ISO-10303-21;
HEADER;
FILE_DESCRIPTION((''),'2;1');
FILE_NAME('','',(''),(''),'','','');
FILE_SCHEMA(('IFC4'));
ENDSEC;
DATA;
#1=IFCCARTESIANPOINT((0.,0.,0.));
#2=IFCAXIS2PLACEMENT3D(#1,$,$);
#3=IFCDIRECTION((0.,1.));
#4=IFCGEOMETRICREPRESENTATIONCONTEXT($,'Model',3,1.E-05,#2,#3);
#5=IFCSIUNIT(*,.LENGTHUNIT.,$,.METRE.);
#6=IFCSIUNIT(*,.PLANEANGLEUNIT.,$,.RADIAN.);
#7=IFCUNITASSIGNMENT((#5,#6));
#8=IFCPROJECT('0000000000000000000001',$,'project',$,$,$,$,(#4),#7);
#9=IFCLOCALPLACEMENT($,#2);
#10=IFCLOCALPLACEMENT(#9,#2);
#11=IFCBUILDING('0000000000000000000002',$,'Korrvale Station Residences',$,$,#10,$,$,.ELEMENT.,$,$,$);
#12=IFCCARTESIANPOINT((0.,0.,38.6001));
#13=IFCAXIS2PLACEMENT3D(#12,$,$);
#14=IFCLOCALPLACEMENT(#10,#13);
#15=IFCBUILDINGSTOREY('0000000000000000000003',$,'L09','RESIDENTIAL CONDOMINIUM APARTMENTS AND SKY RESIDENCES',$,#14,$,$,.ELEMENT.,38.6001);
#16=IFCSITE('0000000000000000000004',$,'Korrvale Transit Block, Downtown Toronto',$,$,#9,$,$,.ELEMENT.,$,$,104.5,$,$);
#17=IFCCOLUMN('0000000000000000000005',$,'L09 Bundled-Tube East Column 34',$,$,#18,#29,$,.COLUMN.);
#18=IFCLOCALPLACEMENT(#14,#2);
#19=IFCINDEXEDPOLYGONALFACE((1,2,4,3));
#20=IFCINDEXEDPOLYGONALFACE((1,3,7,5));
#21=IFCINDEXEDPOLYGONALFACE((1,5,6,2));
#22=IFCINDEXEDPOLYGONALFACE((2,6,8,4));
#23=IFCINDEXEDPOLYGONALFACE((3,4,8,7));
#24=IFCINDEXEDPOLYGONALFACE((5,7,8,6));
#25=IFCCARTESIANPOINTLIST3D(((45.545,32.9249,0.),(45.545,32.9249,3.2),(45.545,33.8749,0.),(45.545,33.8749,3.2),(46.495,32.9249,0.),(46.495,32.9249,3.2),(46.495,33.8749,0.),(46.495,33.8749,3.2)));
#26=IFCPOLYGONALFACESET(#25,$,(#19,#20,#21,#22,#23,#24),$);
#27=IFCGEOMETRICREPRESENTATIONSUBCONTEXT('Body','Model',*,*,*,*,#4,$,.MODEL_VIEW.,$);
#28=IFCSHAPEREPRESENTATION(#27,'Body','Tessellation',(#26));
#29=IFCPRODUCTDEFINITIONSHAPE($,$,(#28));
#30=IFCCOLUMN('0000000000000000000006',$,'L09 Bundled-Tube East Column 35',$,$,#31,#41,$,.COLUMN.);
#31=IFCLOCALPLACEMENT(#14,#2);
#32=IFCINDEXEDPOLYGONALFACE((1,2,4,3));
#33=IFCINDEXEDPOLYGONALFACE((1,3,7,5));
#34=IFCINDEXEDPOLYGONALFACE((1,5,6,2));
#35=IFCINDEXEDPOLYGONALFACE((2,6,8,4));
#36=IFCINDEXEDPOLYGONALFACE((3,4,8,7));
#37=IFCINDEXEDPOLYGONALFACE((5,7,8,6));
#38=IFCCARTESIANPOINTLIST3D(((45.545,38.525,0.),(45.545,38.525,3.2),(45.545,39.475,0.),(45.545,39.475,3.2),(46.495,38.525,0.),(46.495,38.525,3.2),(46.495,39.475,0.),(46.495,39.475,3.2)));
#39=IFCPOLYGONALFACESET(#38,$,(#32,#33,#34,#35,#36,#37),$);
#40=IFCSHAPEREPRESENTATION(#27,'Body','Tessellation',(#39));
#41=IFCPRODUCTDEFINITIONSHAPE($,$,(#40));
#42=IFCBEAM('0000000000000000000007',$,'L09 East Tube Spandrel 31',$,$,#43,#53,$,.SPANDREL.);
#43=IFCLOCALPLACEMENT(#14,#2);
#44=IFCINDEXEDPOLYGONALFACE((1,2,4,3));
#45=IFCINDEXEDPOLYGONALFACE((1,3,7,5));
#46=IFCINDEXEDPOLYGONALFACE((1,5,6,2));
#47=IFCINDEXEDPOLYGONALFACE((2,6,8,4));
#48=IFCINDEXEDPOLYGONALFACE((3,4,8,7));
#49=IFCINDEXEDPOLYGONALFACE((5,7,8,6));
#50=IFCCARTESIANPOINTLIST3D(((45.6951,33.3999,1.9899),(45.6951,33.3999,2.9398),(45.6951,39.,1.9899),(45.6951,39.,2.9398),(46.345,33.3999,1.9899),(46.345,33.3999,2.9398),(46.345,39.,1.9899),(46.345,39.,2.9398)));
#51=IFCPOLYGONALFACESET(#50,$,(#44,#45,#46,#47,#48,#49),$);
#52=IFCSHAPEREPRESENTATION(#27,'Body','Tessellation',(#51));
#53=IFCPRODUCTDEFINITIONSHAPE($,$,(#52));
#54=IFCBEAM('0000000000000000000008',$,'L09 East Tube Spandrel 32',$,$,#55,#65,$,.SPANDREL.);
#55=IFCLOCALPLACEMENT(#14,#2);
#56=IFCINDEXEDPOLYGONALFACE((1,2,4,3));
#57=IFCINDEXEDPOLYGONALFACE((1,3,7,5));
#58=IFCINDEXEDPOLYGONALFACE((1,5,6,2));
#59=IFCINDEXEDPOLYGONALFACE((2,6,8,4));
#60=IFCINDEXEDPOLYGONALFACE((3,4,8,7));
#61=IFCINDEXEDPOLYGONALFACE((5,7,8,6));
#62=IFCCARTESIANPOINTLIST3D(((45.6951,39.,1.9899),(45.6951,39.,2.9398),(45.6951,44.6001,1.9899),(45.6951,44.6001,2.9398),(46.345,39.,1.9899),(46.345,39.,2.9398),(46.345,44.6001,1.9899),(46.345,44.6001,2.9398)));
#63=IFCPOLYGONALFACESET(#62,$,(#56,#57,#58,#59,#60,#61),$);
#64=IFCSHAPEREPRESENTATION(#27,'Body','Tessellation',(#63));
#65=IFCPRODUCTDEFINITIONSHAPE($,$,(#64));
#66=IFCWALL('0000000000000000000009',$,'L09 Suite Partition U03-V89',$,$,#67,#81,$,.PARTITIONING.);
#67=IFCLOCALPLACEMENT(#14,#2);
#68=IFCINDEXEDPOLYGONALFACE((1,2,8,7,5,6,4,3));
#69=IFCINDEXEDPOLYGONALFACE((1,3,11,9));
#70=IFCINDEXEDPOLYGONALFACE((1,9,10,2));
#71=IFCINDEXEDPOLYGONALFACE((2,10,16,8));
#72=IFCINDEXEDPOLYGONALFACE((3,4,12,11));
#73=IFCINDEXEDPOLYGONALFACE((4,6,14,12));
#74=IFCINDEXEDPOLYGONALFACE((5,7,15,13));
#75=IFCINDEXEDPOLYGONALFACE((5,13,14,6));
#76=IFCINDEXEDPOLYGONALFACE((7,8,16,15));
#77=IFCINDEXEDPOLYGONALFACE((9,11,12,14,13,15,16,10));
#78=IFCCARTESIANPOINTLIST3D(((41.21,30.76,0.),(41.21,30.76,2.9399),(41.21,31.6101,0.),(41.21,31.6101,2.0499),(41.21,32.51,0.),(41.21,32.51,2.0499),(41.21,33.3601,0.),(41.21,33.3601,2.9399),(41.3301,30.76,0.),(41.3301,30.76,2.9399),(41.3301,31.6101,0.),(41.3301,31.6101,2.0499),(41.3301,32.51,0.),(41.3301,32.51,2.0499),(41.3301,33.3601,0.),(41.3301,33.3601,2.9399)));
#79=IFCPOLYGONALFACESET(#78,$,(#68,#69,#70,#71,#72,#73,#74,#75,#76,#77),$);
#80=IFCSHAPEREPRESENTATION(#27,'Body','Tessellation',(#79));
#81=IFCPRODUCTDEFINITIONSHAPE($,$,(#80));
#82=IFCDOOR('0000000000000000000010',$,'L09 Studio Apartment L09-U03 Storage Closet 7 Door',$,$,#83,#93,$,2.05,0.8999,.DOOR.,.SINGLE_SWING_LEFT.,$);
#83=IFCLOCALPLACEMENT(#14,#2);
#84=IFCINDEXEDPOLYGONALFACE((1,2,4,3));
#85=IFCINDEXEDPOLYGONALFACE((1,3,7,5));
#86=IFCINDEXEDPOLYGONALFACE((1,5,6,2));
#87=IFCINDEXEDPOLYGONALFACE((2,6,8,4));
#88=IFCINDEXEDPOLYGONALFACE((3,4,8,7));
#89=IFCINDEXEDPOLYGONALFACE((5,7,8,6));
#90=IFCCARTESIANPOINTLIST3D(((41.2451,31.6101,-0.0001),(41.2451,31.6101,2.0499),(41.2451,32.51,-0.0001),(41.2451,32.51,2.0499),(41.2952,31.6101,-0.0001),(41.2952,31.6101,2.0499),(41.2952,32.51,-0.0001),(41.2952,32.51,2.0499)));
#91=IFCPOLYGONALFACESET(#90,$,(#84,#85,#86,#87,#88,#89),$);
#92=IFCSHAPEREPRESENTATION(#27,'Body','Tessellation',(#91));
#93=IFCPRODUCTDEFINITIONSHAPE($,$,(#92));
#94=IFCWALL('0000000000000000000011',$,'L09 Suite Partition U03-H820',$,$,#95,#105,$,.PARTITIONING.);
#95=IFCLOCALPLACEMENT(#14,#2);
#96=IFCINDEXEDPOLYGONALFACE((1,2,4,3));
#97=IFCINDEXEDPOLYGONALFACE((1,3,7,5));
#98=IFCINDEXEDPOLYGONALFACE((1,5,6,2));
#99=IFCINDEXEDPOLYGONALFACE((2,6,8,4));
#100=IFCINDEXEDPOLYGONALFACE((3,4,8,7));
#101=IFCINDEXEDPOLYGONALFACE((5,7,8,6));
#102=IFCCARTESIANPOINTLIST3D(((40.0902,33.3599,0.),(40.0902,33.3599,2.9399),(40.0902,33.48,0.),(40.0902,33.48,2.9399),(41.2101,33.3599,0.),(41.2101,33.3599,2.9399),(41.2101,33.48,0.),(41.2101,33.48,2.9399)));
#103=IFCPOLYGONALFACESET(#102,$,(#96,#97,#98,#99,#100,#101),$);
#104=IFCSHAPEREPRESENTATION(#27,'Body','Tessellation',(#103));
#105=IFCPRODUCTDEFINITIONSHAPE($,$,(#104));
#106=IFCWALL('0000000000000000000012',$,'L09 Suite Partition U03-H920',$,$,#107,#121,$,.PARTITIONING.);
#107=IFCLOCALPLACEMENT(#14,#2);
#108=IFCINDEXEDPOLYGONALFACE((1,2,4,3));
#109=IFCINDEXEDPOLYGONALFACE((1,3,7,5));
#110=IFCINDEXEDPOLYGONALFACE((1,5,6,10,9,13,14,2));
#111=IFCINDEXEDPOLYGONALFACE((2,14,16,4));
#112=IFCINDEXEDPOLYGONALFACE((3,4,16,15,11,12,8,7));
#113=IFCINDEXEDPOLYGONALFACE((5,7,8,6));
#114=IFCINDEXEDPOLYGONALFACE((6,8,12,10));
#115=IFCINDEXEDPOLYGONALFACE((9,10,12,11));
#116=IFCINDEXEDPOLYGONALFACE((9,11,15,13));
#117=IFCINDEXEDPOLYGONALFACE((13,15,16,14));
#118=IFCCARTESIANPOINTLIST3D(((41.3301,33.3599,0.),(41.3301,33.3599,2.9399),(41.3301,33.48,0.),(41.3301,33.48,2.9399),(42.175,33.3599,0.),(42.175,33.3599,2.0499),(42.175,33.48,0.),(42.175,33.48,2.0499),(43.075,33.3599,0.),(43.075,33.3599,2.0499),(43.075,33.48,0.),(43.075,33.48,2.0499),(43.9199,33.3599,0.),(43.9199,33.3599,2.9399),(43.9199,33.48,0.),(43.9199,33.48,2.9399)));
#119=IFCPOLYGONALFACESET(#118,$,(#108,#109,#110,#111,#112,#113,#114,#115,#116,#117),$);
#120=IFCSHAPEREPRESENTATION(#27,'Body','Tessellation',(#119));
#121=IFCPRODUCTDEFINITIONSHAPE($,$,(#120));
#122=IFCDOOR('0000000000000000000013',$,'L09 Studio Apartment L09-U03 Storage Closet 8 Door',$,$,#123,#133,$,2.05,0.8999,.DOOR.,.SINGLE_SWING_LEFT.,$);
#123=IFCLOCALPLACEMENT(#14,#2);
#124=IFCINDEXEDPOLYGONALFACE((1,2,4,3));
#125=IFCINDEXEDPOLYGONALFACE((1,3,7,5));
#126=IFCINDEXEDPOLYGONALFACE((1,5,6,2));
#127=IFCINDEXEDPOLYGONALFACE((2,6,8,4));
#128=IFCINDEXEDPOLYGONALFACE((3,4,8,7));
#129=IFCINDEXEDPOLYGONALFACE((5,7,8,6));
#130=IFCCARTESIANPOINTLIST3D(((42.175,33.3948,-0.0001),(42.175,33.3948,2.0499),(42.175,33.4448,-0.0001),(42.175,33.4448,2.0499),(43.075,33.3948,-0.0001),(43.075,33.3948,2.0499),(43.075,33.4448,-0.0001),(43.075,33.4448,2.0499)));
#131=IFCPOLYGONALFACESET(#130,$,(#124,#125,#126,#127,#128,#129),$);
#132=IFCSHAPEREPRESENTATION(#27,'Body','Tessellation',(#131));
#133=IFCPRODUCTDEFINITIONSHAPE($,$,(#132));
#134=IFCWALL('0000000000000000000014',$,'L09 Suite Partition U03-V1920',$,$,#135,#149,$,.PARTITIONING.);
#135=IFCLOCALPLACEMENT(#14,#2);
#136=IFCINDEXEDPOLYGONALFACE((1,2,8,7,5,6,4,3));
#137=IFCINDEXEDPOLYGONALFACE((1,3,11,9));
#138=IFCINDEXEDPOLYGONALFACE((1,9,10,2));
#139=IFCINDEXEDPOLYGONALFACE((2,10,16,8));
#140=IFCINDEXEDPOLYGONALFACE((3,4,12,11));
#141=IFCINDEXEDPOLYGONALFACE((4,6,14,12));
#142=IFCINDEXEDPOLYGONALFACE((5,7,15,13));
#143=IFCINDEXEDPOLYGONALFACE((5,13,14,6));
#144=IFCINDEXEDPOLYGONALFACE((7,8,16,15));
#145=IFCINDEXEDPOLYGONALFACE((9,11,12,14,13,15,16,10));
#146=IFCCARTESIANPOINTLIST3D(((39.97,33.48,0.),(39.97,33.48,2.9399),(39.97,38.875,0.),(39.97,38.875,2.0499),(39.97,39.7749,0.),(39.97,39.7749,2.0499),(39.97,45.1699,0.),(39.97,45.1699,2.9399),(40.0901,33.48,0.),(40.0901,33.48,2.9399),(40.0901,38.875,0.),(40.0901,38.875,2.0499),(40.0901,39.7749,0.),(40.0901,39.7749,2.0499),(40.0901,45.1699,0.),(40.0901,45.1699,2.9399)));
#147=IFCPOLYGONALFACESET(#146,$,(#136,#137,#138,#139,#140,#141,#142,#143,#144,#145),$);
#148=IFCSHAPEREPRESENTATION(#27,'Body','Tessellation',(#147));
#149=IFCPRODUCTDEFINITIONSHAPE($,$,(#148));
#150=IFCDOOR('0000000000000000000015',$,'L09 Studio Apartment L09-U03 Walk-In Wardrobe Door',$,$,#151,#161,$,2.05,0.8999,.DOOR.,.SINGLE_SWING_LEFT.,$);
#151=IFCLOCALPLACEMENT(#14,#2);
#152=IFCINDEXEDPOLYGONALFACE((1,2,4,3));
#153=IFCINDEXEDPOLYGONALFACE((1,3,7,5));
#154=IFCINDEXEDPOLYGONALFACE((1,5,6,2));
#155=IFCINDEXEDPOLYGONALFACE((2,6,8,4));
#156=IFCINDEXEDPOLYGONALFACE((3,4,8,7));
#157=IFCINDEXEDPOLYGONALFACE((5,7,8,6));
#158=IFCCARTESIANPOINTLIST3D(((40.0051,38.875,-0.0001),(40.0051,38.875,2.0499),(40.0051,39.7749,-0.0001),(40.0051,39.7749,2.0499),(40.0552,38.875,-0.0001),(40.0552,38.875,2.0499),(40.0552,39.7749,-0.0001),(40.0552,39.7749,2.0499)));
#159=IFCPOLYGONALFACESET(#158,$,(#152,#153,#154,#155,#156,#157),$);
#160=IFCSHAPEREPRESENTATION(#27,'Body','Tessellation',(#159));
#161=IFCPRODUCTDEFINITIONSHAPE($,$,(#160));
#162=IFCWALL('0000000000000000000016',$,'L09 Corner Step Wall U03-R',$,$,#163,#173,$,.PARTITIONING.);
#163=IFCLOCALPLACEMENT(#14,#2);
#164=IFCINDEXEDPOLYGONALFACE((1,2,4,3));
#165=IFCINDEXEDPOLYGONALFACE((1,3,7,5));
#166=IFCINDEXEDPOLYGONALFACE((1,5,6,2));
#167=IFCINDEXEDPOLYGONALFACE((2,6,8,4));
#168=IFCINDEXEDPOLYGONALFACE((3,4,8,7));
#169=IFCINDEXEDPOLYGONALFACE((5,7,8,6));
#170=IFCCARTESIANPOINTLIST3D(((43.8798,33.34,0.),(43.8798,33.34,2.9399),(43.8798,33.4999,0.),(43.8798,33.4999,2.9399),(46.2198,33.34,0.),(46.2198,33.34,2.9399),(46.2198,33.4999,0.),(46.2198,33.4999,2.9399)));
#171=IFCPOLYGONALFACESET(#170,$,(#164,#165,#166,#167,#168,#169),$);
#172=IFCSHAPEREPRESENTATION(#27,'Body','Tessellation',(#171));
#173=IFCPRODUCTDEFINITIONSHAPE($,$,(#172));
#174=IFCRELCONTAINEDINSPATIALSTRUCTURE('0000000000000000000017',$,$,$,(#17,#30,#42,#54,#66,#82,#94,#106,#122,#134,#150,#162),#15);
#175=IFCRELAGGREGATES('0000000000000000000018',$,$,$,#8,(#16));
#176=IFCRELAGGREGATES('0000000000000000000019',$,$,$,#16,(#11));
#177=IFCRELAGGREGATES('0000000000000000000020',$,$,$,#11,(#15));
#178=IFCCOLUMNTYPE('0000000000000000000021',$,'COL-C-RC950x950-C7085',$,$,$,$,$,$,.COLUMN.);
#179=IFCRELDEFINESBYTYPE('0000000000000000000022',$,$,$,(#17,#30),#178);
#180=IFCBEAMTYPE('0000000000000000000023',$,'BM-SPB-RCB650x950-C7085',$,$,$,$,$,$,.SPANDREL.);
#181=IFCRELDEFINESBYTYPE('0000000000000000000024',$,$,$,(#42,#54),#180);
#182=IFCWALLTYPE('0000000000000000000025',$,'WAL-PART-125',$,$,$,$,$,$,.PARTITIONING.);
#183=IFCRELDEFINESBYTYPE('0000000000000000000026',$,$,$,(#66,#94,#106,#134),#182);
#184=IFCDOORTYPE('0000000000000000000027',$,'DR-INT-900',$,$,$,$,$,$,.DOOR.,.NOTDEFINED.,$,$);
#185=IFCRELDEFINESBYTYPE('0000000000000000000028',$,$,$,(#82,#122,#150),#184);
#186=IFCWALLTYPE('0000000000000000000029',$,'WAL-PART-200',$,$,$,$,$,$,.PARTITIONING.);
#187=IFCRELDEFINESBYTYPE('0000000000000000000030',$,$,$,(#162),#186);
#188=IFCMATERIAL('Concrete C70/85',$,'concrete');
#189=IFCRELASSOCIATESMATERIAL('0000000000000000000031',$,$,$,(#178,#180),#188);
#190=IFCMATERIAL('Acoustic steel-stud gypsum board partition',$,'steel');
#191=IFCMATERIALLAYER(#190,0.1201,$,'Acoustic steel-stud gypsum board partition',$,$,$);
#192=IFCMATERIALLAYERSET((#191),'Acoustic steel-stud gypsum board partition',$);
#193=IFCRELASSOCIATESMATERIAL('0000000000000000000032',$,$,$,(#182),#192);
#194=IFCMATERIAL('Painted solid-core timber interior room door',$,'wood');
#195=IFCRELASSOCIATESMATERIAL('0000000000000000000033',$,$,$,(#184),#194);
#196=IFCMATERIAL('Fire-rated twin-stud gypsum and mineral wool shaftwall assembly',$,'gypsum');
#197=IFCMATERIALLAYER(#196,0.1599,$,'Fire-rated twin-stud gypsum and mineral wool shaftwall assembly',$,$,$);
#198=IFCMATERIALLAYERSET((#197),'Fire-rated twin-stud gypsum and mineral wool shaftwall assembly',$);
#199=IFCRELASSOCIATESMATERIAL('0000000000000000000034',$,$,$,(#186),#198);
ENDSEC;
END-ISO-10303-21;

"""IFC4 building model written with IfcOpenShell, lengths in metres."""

from ifc_helpers import new_model, si_unit, direction, frame, frame_2d, origin, origin_2d, place, context, subcontext, project, spatial, rectangle, extrude, material, layer, layer_set, material_profile, profile_set, type_object, element, fill, save


model = new_model("IFC4")

# Units and contexts
model_context = context("Model", 3, precision=1e-05, world=origin(), true_north=direction((0.0, 1.0)))
body_context = subcontext(model_context, "Body", "Model", "MODEL_VIEW")
ifc_project = project(units=[si_unit("LENGTHUNIT", "METRE"), si_unit("PLANEANGLEUNIT", "RADIAN")], contexts=[model_context])

# Site, building, storey
site_placement = place(None, origin())
site = spatial("IfcSite", under=ifc_project, at=site_placement, Name="Korrvale Transit Block, Downtown Toronto", CompositionType="ELEMENT", RefElevation=104.5)
building_placement = place(site_placement, origin())
building = spatial("IfcBuilding", under=site, at=building_placement, Name="Korrvale Station Residences", CompositionType="ELEMENT")
storey_placement = place(building_placement, frame((0.0, 0.0, 38.6001)))
storey = spatial("IfcBuildingStorey", under=building, at=storey_placement, Name="L09", Description="RESIDENTIAL CONDOMINIUM APARTMENTS AND SKY RESIDENCES", CompositionType="ELEMENT", Elevation=38.6001)

# Columns
ifc_material_1 = material(Name="Concrete C70/85", Category="concrete")
ifc_material_profile_1 = material_profile(ifc_material_1, rectangle(XDim=0.95, YDim=0.95, at=origin_2d()), Name="RC950x950")
ifc_profile_set_1 = profile_set([ifc_material_profile_1], Name="Concrete C70/85")
column_type = type_object("IfcColumnType", Name="COL-C-RC950x950-C7085", PredefinedType="COLUMN", material=ifc_profile_set_1)
for number, where, z_axis, x_axis, name in (
    (1, (46.02, 33.3999, 0.0), (0.0, 0.0, 1.0), (1.0, 0.0, 0.0), "L09 Bundled-Tube East Column 34"),
    (2, (46.02, 39.0, 0.0), (0.0, 0.0, 1.0), (1.0, 0.0, 0.0), "L09 Bundled-Tube East Column 35"),
):
    element("IfcColumn", number, at=place(storey_placement, frame(where, z_axis=z_axis, x_axis=x_axis)), inside=storey, type_object=column_type, Name=name, PredefinedType="COLUMN", context=body_context, shape_type="SweptSolid", body=[
        extrude(rectangle(XDim=0.95, YDim=0.95, at=origin_2d()), origin(), (0.0, 0.0, 1.0), 3.2),
    ])

# Beams
ifc_material_profile_2 = material_profile(ifc_material_1, rectangle(XDim=0.6499, YDim=0.95, at=origin_2d()), Name="RCB650x950")
ifc_profile_set_2 = profile_set([ifc_material_profile_2], Name="Concrete C70/85")
beam_type = type_object("IfcBeamType", Name="BM-SPB-RCB650x950-C7085", PredefinedType="SPANDREL", material=ifc_profile_set_2)
for number, where, z_axis, x_axis, name in (
    (3, (46.02, 33.3999, 2.4648), (0.0, 1.0, 0.0), (-1.0, 0.0, 0.0), "L09 East Tube Spandrel 31"),
    (4, (46.02, 39.0, 2.4648), (0.0, 1.0, 0.0), (-1.0, 0.0, 0.0), "L09 East Tube Spandrel 32"),
):
    element("IfcBeam", number, at=place(storey_placement, frame(where, z_axis=z_axis, x_axis=x_axis)), inside=storey, type_object=beam_type, Name=name, PredefinedType="SPANDREL", context=body_context, shape_type="SweptSolid", body=[
        extrude(rectangle(XDim=0.6499, YDim=0.95, at=origin_2d()), origin(), (0.0, 0.0, 1.0), 5.6001),
    ])

# Wall, opening, door
ifc_material_2 = material(Name="Acoustic steel-stud gypsum board partition", Category="steel")
ifc_layer_1 = layer(ifc_material_2, 0.1201, Name="Acoustic steel-stud gypsum board partition")
ifc_layer_set_1 = layer_set([ifc_layer_1], Name="Acoustic steel-stud gypsum board partition")
wall_type_1 = type_object("IfcWallType", Name="WAL-PART-125", PredefinedType="PARTITIONING", material=ifc_layer_set_1)
wall_1_placement = place(storey_placement, frame((41.27, 30.76, 0.0), z_axis=(0.0, 0.0, 1.0), x_axis=(0.0, 1.0, 0.0)))
wall_1 = element("IfcWall", 5, at=wall_1_placement, inside=storey, type_object=wall_type_1, Name="L09 Suite Partition U03-V89", PredefinedType="PARTITIONING", context=body_context, shape_type="SweptSolid", body=[
    extrude(rectangle(XDim=2.6001, YDim=0.1201, at=frame_2d((1.3, 0.0))), origin(), (0.0, 0.0, 1.0), 2.9399),
])
opening_1_placement = place(wall_1_placement, frame((0.8501, 0.0, 0.0)))
opening_1 = element("IfcOpeningElement", 6, at=opening_1_placement, cuts=wall_1, PredefinedType="OPENING", context=body_context, shape_type="SweptSolid", body=[
    extrude(rectangle(XDim=0.8999, YDim=2.05, at=frame_2d((0.45, 1.0249))), frame((0.0, 0.0701, 0.0), z_axis=(0.0, -1.0, 0.0), x_axis=(1.0, 0.0, 0.0)), (0.0, 0.0, 1.0), 0.1401),
])
ifc_material_3 = material(Name="Painted solid-core timber interior room door", Category="wood")
door_type = type_object("IfcDoorType", Name="DR-INT-900", OperationType="NOTDEFINED", PredefinedType="DOOR", material=ifc_material_3)
door_1_placement = place(opening_1_placement, origin())
door_1 = element("IfcDoor", 7, at=door_1_placement, inside=storey, type_object=door_type, Name="L09 Studio Apartment L09-U03 Storage Closet 7 Door", OperationType="SINGLE_SWING_LEFT", OverallHeight=2.05, OverallWidth=0.8999, PredefinedType="DOOR", context=body_context, shape_type="SweptSolid", body=[
    extrude(rectangle(XDim=0.8999, YDim=2.05, at=frame_2d((0.45, 1.0249))), frame((0.0, 0.0249, 0.0), z_axis=(0.0, -1.0, 0.0), x_axis=(1.0, 0.0, 0.0)), (0.0, 0.0, 1.0), 0.05),
])
fill(opening_1, door_1)

# Wall
wall_2_placement = place(storey_placement, frame((40.0901, 33.4199, 0.0), z_axis=(0.0, 0.0, 1.0), x_axis=(1.0, 0.0, 0.0)))
element("IfcWall", 8, at=wall_2_placement, inside=storey, type_object=wall_type_1, Name="L09 Suite Partition U03-H820", PredefinedType="PARTITIONING", context=body_context, shape_type="SweptSolid", body=[
    extrude(rectangle(XDim=1.1199, YDim=0.1201, at=frame_2d((0.5601, 0.0))), origin(), (0.0, 0.0, 1.0), 2.9399),
])

# Walls, openings, doors
wall_3_placement = place(storey_placement, frame((41.3301, 33.4199, 0.0), z_axis=(0.0, 0.0, 1.0), x_axis=(1.0, 0.0, 0.0)))
wall_3 = element("IfcWall", 9, at=wall_3_placement, inside=storey, type_object=wall_type_1, Name="L09 Suite Partition U03-H920", PredefinedType="PARTITIONING", context=body_context, shape_type="SweptSolid", body=[
    extrude(rectangle(XDim=2.5898, YDim=0.1201, at=frame_2d((1.2949, 0.0))), origin(), (0.0, 0.0, 1.0), 2.9399),
])
opening_2_placement = place(wall_3_placement, frame((0.845, 0.0, 0.0)))
opening_2 = element("IfcOpeningElement", 10, at=opening_2_placement, cuts=wall_3, PredefinedType="OPENING", context=body_context, shape_type="SweptSolid", body=[
    extrude(rectangle(XDim=0.8999, YDim=2.05, at=frame_2d((0.45, 1.0249))), frame((0.0, 0.0701, 0.0), z_axis=(0.0, -1.0, 0.0), x_axis=(1.0, 0.0, 0.0)), (0.0, 0.0, 1.0), 0.1401),
])
door_2_placement = place(opening_2_placement, origin())
door_2 = element("IfcDoor", 11, at=door_2_placement, inside=storey, type_object=door_type, Name="L09 Studio Apartment L09-U03 Storage Closet 8 Door", OperationType="SINGLE_SWING_LEFT", OverallHeight=2.05, OverallWidth=0.8999, PredefinedType="DOOR", context=body_context, shape_type="SweptSolid", body=[
    extrude(rectangle(XDim=0.8999, YDim=2.05, at=frame_2d((0.45, 1.0249))), frame((0.0, 0.0249, 0.0), z_axis=(0.0, -1.0, 0.0), x_axis=(1.0, 0.0, 0.0)), (0.0, 0.0, 1.0), 0.05),
])
fill(opening_2, door_2)
wall_4_placement = place(storey_placement, frame((40.03, 33.48, 0.0), z_axis=(0.0, 0.0, 1.0), x_axis=(0.0, 1.0, 0.0)))
wall_4 = element("IfcWall", 12, at=wall_4_placement, inside=storey, type_object=wall_type_1, Name="L09 Suite Partition U03-V1920", PredefinedType="PARTITIONING", context=body_context, shape_type="SweptSolid", body=[
    extrude(rectangle(XDim=11.6899, YDim=0.1201, at=frame_2d((5.845, 0.0))), origin(), (0.0, 0.0, 1.0), 2.9399),
])
opening_3_placement = place(wall_4_placement, frame((5.395, 0.0, 0.0)))
opening_3 = element("IfcOpeningElement", 13, at=opening_3_placement, cuts=wall_4, PredefinedType="OPENING", context=body_context, shape_type="SweptSolid", body=[
    extrude(rectangle(XDim=0.8999, YDim=2.05, at=frame_2d((0.45, 1.0249))), frame((0.0, 0.0701, 0.0), z_axis=(0.0, -1.0, 0.0), x_axis=(1.0, 0.0, 0.0)), (0.0, 0.0, 1.0), 0.1401),
])
door_3_placement = place(opening_3_placement, origin())
door_3 = element("IfcDoor", 14, at=door_3_placement, inside=storey, type_object=door_type, Name="L09 Studio Apartment L09-U03 Walk-In Wardrobe Door", OperationType="SINGLE_SWING_LEFT", OverallHeight=2.05, OverallWidth=0.8999, PredefinedType="DOOR", context=body_context, shape_type="SweptSolid", body=[
    extrude(rectangle(XDim=0.8999, YDim=2.05, at=frame_2d((0.45, 1.0249))), frame((0.0, 0.0249, 0.0), z_axis=(0.0, -1.0, 0.0), x_axis=(1.0, 0.0, 0.0)), (0.0, 0.0, 1.0), 0.05),
])
fill(opening_3, door_3)

# Wall
ifc_material_4 = material(Name="Fire-rated twin-stud gypsum and mineral wool shaftwall assembly", Category="gypsum")
ifc_layer_2 = layer(ifc_material_4, 0.1599, Name="Fire-rated twin-stud gypsum and mineral wool shaftwall assembly")
ifc_layer_set_2 = layer_set([ifc_layer_2], Name="Fire-rated twin-stud gypsum and mineral wool shaftwall assembly")
wall_type_2 = type_object("IfcWallType", Name="WAL-PART-200", PredefinedType="PARTITIONING", material=ifc_layer_set_2)
wall_5_placement = place(storey_placement, frame((43.8799, 33.4199, 0.0), z_axis=(0.0, 0.0, 1.0), x_axis=(1.0, 0.0, 0.0)))
element("IfcWall", 15, at=wall_5_placement, inside=storey, type_object=wall_type_2, Name="L09 Corner Step Wall U03-R", PredefinedType="PARTITIONING", context=body_context, shape_type="SweptSolid", body=[
    extrude(rectangle(XDim=2.3401, YDim=0.1599, at=frame_2d((1.1699, 0.0))), origin(), (0.0, 0.0, 1.0), 2.9399),
])

save(model, "model.ifc")
